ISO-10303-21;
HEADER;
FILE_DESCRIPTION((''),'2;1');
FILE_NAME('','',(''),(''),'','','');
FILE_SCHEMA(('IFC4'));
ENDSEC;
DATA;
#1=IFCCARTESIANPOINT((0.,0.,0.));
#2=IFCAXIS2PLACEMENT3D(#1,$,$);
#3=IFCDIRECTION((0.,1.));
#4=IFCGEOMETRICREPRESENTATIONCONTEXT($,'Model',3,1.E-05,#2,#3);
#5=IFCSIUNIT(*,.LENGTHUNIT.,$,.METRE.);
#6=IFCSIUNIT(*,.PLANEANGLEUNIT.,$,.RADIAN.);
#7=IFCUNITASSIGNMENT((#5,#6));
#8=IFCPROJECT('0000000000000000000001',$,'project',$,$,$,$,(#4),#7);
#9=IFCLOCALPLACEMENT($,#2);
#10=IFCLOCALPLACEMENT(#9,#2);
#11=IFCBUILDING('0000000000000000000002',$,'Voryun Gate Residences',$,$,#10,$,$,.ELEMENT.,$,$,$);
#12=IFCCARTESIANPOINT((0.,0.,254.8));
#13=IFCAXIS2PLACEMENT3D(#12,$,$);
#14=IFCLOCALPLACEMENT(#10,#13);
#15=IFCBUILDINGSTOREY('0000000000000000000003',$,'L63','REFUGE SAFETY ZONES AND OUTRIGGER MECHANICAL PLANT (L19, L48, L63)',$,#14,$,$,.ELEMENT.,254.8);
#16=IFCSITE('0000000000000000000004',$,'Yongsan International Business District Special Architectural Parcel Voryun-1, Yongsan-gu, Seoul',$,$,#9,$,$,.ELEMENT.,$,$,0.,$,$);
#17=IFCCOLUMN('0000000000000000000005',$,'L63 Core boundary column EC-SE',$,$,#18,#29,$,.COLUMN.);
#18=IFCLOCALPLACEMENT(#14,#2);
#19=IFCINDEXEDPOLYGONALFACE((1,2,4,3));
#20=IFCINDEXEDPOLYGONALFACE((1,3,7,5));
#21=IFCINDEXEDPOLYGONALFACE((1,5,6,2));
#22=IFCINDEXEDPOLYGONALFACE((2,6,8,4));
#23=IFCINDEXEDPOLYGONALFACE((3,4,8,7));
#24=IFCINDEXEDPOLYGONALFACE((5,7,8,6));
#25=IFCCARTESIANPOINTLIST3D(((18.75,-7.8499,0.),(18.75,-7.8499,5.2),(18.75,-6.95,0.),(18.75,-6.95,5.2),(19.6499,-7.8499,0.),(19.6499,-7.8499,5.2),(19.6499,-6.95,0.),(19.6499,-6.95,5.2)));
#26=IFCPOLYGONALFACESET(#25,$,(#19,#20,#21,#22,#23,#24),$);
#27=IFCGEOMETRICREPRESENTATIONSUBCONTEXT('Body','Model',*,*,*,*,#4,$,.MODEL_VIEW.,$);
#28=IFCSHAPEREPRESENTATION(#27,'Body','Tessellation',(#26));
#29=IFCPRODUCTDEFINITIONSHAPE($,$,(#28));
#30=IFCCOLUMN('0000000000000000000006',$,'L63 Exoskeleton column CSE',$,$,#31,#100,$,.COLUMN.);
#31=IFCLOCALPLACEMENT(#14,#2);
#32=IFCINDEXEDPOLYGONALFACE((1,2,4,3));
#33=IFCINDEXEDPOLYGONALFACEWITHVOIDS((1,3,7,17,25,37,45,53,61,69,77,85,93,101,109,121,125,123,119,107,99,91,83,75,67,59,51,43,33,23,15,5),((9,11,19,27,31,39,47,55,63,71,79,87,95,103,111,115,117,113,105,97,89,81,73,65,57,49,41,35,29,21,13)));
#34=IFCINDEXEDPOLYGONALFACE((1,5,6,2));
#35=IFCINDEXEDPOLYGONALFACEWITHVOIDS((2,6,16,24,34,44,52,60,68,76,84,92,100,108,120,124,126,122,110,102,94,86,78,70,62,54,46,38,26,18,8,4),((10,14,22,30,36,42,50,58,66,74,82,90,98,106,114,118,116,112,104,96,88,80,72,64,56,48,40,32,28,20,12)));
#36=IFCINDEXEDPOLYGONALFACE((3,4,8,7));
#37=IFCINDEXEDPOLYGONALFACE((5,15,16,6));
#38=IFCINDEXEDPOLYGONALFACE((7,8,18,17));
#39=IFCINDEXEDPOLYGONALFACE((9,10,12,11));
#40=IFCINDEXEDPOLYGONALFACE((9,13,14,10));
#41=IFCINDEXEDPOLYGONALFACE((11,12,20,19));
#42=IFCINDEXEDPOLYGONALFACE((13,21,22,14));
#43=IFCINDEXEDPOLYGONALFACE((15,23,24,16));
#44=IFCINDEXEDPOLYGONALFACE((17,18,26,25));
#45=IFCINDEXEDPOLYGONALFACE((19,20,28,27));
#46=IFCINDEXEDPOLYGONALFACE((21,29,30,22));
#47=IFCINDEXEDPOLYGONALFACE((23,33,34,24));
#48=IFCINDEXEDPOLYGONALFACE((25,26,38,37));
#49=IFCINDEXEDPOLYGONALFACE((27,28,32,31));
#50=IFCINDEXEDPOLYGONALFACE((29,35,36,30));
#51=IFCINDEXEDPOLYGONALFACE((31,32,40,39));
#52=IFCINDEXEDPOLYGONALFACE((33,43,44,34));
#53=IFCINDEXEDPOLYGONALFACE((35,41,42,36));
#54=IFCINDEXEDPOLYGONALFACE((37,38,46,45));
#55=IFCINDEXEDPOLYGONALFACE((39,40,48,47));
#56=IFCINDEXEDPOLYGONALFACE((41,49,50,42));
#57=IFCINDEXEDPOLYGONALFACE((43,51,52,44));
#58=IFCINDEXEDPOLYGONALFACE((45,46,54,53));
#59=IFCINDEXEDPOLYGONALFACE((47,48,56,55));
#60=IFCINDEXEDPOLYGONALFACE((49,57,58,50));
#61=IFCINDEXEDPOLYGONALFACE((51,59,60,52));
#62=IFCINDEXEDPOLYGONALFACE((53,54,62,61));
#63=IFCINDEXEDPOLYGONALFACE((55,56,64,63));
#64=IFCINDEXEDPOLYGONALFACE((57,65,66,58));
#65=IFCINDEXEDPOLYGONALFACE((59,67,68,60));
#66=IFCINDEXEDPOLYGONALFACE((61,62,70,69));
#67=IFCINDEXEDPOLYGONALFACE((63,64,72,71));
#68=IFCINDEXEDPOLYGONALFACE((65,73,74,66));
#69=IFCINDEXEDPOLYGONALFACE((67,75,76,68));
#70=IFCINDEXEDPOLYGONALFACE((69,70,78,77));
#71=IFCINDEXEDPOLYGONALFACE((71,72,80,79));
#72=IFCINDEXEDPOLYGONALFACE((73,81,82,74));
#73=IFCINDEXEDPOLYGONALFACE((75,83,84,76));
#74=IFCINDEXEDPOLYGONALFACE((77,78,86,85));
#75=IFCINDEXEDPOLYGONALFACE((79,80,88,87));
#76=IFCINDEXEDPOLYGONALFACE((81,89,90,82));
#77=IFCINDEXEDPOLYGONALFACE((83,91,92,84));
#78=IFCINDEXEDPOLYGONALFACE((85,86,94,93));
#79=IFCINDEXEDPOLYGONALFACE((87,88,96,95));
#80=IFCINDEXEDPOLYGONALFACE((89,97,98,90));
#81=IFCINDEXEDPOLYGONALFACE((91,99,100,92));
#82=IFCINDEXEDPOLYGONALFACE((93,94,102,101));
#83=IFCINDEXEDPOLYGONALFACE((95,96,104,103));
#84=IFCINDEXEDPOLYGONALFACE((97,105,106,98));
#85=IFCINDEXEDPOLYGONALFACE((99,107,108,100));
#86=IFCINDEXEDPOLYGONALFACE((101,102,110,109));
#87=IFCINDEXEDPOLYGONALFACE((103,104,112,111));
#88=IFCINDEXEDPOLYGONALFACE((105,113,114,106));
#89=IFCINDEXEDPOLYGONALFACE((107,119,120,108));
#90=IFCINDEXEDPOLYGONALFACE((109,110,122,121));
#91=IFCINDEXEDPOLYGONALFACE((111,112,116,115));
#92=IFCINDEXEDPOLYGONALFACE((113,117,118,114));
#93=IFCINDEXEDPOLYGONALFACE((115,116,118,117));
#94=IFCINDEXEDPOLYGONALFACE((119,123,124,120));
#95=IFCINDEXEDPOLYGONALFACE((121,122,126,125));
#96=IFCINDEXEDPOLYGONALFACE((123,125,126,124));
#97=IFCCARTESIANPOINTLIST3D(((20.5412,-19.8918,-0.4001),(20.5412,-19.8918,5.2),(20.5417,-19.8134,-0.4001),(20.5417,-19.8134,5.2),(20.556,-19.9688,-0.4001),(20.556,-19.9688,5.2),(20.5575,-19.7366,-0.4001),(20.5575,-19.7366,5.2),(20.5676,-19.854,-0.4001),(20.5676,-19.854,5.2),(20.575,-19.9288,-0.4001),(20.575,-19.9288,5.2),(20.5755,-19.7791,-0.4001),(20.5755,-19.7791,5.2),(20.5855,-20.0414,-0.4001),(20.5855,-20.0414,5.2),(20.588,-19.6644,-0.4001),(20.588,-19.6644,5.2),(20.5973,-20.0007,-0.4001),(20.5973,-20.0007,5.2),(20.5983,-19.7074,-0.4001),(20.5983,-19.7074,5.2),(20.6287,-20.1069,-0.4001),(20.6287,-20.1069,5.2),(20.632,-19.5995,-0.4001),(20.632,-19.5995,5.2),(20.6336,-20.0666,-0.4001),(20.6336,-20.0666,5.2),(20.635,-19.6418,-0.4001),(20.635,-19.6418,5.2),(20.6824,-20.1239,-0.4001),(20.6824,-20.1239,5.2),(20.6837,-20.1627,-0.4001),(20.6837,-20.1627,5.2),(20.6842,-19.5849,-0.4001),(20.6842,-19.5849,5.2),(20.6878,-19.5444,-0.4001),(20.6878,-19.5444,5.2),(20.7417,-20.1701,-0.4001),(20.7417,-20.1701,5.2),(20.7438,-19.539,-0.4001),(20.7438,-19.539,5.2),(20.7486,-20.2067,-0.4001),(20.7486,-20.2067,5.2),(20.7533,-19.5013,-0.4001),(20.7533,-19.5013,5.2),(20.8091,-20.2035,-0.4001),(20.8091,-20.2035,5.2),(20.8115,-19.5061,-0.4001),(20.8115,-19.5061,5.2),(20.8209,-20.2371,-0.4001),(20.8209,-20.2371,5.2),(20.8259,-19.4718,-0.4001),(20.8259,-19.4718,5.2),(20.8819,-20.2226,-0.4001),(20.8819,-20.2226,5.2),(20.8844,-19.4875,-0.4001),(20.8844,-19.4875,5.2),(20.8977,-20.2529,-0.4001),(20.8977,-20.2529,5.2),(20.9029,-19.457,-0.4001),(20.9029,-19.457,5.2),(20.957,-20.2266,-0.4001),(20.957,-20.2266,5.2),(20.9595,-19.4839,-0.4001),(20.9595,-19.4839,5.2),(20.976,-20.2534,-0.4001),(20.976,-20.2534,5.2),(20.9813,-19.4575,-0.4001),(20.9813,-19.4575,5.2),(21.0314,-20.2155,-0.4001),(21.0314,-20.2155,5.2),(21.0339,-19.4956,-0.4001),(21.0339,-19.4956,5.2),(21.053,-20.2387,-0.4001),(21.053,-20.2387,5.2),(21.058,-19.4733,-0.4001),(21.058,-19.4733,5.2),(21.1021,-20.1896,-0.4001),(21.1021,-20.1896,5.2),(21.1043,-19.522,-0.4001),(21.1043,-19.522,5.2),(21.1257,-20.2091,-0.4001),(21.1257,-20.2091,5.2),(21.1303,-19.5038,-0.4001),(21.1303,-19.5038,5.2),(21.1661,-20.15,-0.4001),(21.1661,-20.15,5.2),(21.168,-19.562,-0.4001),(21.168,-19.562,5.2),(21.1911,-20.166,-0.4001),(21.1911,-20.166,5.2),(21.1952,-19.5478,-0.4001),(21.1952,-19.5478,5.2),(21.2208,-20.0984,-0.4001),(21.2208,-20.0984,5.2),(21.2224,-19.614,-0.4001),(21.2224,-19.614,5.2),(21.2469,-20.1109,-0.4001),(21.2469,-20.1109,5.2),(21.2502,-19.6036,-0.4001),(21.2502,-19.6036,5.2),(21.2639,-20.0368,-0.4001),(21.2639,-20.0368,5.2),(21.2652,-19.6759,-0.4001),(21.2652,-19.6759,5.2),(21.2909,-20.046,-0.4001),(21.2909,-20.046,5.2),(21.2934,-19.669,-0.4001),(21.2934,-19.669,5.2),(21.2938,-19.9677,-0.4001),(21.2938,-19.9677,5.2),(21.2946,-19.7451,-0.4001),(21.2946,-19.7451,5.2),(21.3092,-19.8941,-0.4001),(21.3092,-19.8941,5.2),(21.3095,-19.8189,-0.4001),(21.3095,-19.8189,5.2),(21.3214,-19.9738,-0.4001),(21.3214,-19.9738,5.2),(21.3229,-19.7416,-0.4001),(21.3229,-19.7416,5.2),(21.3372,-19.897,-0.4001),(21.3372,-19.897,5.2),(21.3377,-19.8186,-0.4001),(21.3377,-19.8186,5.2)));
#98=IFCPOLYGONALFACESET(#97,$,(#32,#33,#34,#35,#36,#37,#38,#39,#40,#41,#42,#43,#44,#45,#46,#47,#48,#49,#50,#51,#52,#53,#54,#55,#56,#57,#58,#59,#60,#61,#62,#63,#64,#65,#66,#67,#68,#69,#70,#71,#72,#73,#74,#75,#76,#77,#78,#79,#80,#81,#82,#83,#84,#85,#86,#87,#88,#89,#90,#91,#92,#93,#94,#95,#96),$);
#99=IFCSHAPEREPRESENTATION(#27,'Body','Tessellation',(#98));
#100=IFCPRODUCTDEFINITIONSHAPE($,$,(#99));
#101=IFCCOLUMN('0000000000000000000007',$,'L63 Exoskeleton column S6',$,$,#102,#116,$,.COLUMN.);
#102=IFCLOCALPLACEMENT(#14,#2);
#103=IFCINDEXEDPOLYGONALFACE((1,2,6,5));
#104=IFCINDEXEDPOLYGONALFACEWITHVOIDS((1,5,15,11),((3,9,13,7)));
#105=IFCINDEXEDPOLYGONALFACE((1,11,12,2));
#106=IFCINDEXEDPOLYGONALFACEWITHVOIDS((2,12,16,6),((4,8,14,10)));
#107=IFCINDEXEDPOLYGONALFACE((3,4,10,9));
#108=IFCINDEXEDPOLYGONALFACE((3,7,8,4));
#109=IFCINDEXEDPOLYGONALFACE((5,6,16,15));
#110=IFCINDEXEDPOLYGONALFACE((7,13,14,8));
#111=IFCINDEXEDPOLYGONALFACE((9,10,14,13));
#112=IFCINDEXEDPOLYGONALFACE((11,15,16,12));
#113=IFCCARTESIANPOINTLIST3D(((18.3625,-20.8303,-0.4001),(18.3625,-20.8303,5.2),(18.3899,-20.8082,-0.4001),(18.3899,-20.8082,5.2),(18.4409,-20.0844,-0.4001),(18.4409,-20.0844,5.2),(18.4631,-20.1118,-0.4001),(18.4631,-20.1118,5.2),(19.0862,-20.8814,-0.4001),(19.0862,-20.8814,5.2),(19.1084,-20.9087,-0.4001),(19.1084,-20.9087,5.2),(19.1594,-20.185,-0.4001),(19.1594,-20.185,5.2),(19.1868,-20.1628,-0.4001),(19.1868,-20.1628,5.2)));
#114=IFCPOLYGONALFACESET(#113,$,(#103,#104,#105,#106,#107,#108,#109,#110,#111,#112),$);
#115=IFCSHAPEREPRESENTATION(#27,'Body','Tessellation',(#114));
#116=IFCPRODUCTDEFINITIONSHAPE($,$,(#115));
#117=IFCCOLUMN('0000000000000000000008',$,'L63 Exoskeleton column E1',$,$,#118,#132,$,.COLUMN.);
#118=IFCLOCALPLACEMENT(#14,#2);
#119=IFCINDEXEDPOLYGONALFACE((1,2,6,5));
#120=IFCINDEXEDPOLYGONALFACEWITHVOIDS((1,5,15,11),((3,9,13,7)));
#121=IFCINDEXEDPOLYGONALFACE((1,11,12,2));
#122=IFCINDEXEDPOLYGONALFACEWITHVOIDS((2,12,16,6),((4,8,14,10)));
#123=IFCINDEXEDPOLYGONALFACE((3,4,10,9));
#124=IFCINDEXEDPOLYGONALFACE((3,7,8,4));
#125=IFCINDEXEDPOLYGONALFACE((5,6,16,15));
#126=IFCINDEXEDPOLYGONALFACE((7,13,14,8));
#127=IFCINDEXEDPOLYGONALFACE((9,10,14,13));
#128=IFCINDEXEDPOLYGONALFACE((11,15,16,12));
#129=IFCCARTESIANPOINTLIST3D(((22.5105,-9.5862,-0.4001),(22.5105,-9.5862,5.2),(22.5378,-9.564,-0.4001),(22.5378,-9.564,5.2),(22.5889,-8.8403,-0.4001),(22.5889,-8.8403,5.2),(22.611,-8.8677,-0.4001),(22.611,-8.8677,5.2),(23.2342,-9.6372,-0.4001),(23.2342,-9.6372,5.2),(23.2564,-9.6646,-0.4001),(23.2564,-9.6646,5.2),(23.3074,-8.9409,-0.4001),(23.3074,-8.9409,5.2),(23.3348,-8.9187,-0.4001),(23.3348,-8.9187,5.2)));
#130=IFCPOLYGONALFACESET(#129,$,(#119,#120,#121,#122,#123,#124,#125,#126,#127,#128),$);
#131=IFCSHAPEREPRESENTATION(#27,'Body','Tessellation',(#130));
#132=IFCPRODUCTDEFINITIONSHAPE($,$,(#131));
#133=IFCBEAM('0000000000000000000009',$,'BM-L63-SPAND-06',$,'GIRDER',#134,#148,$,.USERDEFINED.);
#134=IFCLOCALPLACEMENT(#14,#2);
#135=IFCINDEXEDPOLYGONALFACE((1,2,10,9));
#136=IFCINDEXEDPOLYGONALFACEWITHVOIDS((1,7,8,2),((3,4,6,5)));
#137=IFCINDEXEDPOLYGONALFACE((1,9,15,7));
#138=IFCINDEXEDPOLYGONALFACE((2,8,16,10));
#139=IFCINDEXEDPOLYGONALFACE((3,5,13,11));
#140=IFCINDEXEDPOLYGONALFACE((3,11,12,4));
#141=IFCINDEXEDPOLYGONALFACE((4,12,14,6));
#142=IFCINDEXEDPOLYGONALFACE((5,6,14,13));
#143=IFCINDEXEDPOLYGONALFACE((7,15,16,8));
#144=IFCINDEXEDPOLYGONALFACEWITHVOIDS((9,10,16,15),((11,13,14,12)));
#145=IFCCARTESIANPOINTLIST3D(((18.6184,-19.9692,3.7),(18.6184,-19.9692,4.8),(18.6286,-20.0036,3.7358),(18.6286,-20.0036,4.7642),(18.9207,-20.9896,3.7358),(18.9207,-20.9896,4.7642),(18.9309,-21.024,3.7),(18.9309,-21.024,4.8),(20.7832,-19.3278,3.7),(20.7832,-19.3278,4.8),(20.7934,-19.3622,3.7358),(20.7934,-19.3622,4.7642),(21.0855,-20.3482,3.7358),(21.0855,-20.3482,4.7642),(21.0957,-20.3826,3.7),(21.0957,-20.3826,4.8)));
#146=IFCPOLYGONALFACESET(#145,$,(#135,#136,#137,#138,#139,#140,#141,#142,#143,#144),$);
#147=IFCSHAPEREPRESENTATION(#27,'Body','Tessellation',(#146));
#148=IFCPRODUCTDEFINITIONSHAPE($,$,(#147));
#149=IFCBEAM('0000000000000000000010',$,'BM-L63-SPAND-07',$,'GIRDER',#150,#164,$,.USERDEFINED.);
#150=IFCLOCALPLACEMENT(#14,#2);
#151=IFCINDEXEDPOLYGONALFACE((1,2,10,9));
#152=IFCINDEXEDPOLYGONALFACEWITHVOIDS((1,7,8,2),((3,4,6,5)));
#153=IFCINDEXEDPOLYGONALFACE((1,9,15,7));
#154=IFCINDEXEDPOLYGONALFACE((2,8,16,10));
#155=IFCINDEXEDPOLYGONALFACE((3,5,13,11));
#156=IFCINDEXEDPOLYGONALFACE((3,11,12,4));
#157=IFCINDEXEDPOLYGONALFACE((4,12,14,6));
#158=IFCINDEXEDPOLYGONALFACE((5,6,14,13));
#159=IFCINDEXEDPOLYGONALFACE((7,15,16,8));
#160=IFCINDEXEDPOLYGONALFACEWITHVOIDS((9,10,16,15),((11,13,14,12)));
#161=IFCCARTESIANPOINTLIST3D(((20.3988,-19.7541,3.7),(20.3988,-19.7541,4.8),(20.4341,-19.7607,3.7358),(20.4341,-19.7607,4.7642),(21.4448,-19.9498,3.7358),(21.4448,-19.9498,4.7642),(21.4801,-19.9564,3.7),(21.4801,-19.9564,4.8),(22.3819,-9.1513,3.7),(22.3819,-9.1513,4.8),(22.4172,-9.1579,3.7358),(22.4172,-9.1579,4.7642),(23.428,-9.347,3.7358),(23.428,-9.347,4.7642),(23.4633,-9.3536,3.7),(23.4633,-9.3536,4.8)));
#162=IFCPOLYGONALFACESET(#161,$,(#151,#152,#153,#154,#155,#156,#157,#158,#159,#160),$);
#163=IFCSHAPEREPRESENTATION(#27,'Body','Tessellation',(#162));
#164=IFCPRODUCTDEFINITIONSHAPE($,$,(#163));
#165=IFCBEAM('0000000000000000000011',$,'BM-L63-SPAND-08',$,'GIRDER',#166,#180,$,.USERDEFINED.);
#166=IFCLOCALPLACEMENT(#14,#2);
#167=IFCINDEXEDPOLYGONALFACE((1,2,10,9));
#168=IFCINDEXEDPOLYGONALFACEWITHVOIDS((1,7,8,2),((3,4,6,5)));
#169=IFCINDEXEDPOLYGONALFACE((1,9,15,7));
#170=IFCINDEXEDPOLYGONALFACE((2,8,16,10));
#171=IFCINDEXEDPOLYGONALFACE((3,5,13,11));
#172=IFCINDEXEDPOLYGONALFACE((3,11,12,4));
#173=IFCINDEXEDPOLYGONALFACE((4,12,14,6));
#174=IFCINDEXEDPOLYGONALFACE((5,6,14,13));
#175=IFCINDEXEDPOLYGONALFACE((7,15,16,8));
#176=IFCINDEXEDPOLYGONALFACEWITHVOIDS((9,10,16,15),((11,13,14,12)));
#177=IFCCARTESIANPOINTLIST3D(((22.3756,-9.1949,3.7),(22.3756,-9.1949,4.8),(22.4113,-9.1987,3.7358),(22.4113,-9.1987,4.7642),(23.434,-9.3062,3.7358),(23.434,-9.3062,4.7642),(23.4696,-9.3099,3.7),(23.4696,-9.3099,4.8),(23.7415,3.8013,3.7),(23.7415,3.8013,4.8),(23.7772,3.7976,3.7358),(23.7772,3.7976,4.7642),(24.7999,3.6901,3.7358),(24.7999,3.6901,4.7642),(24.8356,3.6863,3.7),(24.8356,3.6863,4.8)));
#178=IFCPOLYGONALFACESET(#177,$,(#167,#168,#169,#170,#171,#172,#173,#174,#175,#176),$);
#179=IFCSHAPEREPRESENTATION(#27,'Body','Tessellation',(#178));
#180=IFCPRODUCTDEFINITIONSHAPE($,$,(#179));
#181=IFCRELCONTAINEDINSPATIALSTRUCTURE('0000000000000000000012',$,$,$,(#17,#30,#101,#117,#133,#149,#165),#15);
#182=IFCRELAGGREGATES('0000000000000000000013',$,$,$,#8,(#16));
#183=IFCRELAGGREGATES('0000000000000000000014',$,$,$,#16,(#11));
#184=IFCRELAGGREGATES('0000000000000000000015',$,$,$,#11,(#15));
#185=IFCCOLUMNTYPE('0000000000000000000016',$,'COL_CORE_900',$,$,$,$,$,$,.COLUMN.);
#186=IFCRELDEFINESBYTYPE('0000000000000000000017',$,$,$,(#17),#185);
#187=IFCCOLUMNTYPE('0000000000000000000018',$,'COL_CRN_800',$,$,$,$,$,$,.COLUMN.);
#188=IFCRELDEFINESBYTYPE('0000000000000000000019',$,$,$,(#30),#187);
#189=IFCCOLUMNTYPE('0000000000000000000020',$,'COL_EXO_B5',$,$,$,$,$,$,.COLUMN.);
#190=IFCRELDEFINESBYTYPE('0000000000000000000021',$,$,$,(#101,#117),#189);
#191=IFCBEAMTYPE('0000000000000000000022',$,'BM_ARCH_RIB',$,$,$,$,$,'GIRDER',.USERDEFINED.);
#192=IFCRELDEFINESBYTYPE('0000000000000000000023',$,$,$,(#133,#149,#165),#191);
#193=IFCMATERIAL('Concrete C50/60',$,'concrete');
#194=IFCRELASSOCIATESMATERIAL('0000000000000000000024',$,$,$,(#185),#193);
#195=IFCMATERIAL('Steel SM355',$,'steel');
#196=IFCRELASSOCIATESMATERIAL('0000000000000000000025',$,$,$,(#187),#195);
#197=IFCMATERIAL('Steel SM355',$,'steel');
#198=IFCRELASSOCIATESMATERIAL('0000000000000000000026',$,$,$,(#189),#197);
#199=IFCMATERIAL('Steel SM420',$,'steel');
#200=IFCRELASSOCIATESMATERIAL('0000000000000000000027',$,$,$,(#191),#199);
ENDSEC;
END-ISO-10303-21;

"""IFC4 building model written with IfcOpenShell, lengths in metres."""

from ifc_helpers import new_model, si_unit, direction, frame, origin, origin_2d, place, context, subcontext, project, spatial, rectangle, hollow_rectangle, hollow_circle, extrude, material, material_profile, profile_set, type_object, element, save


model = new_model("IFC4")

# Units and contexts
model_context = context("Model", 3, precision=1e-05, world=origin(), true_north=direction((0.0, 1.0)))
body_context = subcontext(model_context, "Body", "Model", "MODEL_VIEW")
ifc_project = project(units=[si_unit("LENGTHUNIT", "METRE"), si_unit("PLANEANGLEUNIT", "RADIAN")], contexts=[model_context])

# Site, building, storey
site_placement = place(None, origin())
site = spatial("IfcSite", under=ifc_project, at=site_placement, Name="Yongsan International Business District Special Architectural Parcel Voryun-1, Yongsan-gu, Seoul", CompositionType="ELEMENT", RefElevation=0.0)
building_placement = place(site_placement, origin())
building = spatial("IfcBuilding", under=site, at=building_placement, Name="Voryun Gate Residences", CompositionType="ELEMENT")
storey_placement = place(building_placement, frame((0.0, 0.0, 254.8)))
storey = spatial("IfcBuildingStorey", under=building, at=storey_placement, Name="L63", Description="REFUGE SAFETY ZONES AND OUTRIGGER MECHANICAL PLANT (L19, L48, L63)", CompositionType="ELEMENT", Elevation=254.8)

# Columns
ifc_material_1 = material(Name="Concrete C50/60", Category="concrete")
ifc_material_profile_1 = material_profile(ifc_material_1, rectangle(XDim=0.8999, YDim=0.8999, at=origin_2d()), Name="RC-900x900")
ifc_profile_set_1 = profile_set([ifc_material_profile_1], Name="Concrete C50/60")
column_type_1 = type_object("IfcColumnType", Name="COL_CORE_900", PredefinedType="COLUMN", material=ifc_profile_set_1)
column_1_placement = place(storey_placement, frame((19.2, -7.3999, 0.0), z_axis=(0.0, 0.0, 1.0), x_axis=(1.0, 0.0, 0.0)))
element("IfcColumn", 1, at=column_1_placement, inside=storey, type_object=column_type_1, Name="L63 Core boundary column EC-SE", PredefinedType="COLUMN", context=body_context, shape_type="SweptSolid", body=[
    extrude(rectangle(XDim=0.8999, YDim=0.8999, at=origin_2d()), origin(), (0.0, 0.0, 1.0), 5.2),
])
ifc_material_2 = material(Name="Steel SM355", Category="steel")
ifc_material_profile_2 = material_profile(ifc_material_2, hollow_circle(Radius=0.3999, WallThickness=0.0281, at=origin_2d()), Name="CHS-800x28")
ifc_profile_set_2 = profile_set([ifc_material_profile_2], Name="Steel SM355")
column_type_2 = type_object("IfcColumnType", Name="COL_CRN_800", PredefinedType="COLUMN", material=ifc_profile_set_2)
column_2_placement = place(storey_placement, frame((20.9395, -19.8552, -0.4001), z_axis=(0.0, 0.0, 1.0), x_axis=(0.994522, -0.104528, 0.0)))
element("IfcColumn", 2, at=column_2_placement, inside=storey, type_object=column_type_2, Name="L63 Exoskeleton column CSE", PredefinedType="COLUMN", context=body_context, shape_type="SweptSolid", body=[
    extrude(hollow_circle(Radius=0.3999, WallThickness=0.0281, at=origin_2d()), origin(), (0.0, 0.0, 1.0), 5.6001),
])
ifc_material_3 = material(Name="Steel SM355", Category="steel")
ifc_material_profile_3 = material_profile(ifc_material_3, hollow_rectangle(XDim=0.75, YDim=0.75, WallThickness=0.0249, at=origin_2d()), Name="BOX-750x750x25")
ifc_profile_set_3 = profile_set([ifc_material_profile_3], Name="Steel SM355")
column_type_3 = type_object("IfcColumnType", Name="COL_EXO_B5", PredefinedType="COLUMN", material=ifc_profile_set_3)
for number, where, z_axis, x_axis, name in (
    (3, (18.7747, -20.4966, -0.4001), (0.0, 0.0, 1.0), (0.994522, -0.104528, 0.0), "L63 Exoskeleton column S6"),
    (4, (22.9226, -9.2524, -0.4001), (0.0, 0.0, 1.0), (0.994522, -0.104528, 0.0), "L63 Exoskeleton column E1"),
):
    element("IfcColumn", number, at=place(storey_placement, frame(where, z_axis=z_axis, x_axis=x_axis)), inside=storey, type_object=column_type_3, Name=name, PredefinedType="COLUMN", context=body_context, shape_type="SweptSolid", body=[
        extrude(hollow_rectangle(XDim=0.75, YDim=0.75, WallThickness=0.0249, at=origin_2d()), origin(), (0.0, 0.0, 1.0), 5.6001),
    ])

# Beams
ifc_material_4 = material(Name="Steel SM420", Category="steel")
ifc_material_profile_4 = material_profile(ifc_material_4, hollow_rectangle(XDim=1.1001, YDim=1.1001, WallThickness=0.0359, at=origin_2d()), Name="BOX-1100x1100x36")
ifc_profile_set_4 = profile_set([ifc_material_profile_4], Name="Steel SM420")
beam_type_1 = type_object("IfcBeamType", Name="BM_ARCH_RIB", ElementType="GIRDER", PredefinedType="USERDEFINED", material=ifc_profile_set_4)
beam_1_placement = place(storey_placement, frame((18.7747, -20.4966, 4.25), z_axis=(0.958806, 0.284063, 0.0), x_axis=(-0.284063, 0.958806, 0.0)))
element("IfcBeam", 5, at=beam_1_placement, inside=storey, type_object=beam_type_1, Name="BM-L63-SPAND-06", ObjectType="GIRDER", PredefinedType="USERDEFINED", context=body_context, shape_type="SweptSolid", body=[
    extrude(hollow_rectangle(XDim=1.1001, YDim=1.1001, WallThickness=0.0359, at=origin_2d()), origin(), (0.0, 0.0, 1.0), 2.2578),
])
beam_2_placement = place(storey_placement, frame((20.9395, -19.8552, 4.25), z_axis=(0.183853, 0.982954, 0.0), x_axis=(-0.982954, 0.183853, 0.0)))
element("IfcBeam", 6, at=beam_2_placement, inside=storey, type_object=beam_type_1, Name="BM-L63-SPAND-07", ObjectType="GIRDER", PredefinedType="USERDEFINED", context=body_context, shape_type="SweptSolid", body=[
    extrude(hollow_rectangle(XDim=1.1001, YDim=1.1001, WallThickness=0.0359, at=origin_2d()), origin(), (0.0, 0.0, 1.0), 10.7866),
])
beam_3_placement = place(storey_placement, frame((22.9226, -9.2524, 4.25), z_axis=(0.104528, 0.994522, 0.0), x_axis=(-0.994522, 0.104528, 0.0)))
element("IfcBeam", 7, at=beam_3_placement, inside=storey, type_object=beam_type_1, Name="BM-L63-SPAND-08", ObjectType="GIRDER", PredefinedType="USERDEFINED", context=body_context, shape_type="SweptSolid", body=[
    extrude(hollow_rectangle(XDim=1.1001, YDim=1.1001, WallThickness=0.0359, at=origin_2d()), origin(), (0.0, 0.0, 1.0), 13.0679),
])

save(model, "model.ifc")
